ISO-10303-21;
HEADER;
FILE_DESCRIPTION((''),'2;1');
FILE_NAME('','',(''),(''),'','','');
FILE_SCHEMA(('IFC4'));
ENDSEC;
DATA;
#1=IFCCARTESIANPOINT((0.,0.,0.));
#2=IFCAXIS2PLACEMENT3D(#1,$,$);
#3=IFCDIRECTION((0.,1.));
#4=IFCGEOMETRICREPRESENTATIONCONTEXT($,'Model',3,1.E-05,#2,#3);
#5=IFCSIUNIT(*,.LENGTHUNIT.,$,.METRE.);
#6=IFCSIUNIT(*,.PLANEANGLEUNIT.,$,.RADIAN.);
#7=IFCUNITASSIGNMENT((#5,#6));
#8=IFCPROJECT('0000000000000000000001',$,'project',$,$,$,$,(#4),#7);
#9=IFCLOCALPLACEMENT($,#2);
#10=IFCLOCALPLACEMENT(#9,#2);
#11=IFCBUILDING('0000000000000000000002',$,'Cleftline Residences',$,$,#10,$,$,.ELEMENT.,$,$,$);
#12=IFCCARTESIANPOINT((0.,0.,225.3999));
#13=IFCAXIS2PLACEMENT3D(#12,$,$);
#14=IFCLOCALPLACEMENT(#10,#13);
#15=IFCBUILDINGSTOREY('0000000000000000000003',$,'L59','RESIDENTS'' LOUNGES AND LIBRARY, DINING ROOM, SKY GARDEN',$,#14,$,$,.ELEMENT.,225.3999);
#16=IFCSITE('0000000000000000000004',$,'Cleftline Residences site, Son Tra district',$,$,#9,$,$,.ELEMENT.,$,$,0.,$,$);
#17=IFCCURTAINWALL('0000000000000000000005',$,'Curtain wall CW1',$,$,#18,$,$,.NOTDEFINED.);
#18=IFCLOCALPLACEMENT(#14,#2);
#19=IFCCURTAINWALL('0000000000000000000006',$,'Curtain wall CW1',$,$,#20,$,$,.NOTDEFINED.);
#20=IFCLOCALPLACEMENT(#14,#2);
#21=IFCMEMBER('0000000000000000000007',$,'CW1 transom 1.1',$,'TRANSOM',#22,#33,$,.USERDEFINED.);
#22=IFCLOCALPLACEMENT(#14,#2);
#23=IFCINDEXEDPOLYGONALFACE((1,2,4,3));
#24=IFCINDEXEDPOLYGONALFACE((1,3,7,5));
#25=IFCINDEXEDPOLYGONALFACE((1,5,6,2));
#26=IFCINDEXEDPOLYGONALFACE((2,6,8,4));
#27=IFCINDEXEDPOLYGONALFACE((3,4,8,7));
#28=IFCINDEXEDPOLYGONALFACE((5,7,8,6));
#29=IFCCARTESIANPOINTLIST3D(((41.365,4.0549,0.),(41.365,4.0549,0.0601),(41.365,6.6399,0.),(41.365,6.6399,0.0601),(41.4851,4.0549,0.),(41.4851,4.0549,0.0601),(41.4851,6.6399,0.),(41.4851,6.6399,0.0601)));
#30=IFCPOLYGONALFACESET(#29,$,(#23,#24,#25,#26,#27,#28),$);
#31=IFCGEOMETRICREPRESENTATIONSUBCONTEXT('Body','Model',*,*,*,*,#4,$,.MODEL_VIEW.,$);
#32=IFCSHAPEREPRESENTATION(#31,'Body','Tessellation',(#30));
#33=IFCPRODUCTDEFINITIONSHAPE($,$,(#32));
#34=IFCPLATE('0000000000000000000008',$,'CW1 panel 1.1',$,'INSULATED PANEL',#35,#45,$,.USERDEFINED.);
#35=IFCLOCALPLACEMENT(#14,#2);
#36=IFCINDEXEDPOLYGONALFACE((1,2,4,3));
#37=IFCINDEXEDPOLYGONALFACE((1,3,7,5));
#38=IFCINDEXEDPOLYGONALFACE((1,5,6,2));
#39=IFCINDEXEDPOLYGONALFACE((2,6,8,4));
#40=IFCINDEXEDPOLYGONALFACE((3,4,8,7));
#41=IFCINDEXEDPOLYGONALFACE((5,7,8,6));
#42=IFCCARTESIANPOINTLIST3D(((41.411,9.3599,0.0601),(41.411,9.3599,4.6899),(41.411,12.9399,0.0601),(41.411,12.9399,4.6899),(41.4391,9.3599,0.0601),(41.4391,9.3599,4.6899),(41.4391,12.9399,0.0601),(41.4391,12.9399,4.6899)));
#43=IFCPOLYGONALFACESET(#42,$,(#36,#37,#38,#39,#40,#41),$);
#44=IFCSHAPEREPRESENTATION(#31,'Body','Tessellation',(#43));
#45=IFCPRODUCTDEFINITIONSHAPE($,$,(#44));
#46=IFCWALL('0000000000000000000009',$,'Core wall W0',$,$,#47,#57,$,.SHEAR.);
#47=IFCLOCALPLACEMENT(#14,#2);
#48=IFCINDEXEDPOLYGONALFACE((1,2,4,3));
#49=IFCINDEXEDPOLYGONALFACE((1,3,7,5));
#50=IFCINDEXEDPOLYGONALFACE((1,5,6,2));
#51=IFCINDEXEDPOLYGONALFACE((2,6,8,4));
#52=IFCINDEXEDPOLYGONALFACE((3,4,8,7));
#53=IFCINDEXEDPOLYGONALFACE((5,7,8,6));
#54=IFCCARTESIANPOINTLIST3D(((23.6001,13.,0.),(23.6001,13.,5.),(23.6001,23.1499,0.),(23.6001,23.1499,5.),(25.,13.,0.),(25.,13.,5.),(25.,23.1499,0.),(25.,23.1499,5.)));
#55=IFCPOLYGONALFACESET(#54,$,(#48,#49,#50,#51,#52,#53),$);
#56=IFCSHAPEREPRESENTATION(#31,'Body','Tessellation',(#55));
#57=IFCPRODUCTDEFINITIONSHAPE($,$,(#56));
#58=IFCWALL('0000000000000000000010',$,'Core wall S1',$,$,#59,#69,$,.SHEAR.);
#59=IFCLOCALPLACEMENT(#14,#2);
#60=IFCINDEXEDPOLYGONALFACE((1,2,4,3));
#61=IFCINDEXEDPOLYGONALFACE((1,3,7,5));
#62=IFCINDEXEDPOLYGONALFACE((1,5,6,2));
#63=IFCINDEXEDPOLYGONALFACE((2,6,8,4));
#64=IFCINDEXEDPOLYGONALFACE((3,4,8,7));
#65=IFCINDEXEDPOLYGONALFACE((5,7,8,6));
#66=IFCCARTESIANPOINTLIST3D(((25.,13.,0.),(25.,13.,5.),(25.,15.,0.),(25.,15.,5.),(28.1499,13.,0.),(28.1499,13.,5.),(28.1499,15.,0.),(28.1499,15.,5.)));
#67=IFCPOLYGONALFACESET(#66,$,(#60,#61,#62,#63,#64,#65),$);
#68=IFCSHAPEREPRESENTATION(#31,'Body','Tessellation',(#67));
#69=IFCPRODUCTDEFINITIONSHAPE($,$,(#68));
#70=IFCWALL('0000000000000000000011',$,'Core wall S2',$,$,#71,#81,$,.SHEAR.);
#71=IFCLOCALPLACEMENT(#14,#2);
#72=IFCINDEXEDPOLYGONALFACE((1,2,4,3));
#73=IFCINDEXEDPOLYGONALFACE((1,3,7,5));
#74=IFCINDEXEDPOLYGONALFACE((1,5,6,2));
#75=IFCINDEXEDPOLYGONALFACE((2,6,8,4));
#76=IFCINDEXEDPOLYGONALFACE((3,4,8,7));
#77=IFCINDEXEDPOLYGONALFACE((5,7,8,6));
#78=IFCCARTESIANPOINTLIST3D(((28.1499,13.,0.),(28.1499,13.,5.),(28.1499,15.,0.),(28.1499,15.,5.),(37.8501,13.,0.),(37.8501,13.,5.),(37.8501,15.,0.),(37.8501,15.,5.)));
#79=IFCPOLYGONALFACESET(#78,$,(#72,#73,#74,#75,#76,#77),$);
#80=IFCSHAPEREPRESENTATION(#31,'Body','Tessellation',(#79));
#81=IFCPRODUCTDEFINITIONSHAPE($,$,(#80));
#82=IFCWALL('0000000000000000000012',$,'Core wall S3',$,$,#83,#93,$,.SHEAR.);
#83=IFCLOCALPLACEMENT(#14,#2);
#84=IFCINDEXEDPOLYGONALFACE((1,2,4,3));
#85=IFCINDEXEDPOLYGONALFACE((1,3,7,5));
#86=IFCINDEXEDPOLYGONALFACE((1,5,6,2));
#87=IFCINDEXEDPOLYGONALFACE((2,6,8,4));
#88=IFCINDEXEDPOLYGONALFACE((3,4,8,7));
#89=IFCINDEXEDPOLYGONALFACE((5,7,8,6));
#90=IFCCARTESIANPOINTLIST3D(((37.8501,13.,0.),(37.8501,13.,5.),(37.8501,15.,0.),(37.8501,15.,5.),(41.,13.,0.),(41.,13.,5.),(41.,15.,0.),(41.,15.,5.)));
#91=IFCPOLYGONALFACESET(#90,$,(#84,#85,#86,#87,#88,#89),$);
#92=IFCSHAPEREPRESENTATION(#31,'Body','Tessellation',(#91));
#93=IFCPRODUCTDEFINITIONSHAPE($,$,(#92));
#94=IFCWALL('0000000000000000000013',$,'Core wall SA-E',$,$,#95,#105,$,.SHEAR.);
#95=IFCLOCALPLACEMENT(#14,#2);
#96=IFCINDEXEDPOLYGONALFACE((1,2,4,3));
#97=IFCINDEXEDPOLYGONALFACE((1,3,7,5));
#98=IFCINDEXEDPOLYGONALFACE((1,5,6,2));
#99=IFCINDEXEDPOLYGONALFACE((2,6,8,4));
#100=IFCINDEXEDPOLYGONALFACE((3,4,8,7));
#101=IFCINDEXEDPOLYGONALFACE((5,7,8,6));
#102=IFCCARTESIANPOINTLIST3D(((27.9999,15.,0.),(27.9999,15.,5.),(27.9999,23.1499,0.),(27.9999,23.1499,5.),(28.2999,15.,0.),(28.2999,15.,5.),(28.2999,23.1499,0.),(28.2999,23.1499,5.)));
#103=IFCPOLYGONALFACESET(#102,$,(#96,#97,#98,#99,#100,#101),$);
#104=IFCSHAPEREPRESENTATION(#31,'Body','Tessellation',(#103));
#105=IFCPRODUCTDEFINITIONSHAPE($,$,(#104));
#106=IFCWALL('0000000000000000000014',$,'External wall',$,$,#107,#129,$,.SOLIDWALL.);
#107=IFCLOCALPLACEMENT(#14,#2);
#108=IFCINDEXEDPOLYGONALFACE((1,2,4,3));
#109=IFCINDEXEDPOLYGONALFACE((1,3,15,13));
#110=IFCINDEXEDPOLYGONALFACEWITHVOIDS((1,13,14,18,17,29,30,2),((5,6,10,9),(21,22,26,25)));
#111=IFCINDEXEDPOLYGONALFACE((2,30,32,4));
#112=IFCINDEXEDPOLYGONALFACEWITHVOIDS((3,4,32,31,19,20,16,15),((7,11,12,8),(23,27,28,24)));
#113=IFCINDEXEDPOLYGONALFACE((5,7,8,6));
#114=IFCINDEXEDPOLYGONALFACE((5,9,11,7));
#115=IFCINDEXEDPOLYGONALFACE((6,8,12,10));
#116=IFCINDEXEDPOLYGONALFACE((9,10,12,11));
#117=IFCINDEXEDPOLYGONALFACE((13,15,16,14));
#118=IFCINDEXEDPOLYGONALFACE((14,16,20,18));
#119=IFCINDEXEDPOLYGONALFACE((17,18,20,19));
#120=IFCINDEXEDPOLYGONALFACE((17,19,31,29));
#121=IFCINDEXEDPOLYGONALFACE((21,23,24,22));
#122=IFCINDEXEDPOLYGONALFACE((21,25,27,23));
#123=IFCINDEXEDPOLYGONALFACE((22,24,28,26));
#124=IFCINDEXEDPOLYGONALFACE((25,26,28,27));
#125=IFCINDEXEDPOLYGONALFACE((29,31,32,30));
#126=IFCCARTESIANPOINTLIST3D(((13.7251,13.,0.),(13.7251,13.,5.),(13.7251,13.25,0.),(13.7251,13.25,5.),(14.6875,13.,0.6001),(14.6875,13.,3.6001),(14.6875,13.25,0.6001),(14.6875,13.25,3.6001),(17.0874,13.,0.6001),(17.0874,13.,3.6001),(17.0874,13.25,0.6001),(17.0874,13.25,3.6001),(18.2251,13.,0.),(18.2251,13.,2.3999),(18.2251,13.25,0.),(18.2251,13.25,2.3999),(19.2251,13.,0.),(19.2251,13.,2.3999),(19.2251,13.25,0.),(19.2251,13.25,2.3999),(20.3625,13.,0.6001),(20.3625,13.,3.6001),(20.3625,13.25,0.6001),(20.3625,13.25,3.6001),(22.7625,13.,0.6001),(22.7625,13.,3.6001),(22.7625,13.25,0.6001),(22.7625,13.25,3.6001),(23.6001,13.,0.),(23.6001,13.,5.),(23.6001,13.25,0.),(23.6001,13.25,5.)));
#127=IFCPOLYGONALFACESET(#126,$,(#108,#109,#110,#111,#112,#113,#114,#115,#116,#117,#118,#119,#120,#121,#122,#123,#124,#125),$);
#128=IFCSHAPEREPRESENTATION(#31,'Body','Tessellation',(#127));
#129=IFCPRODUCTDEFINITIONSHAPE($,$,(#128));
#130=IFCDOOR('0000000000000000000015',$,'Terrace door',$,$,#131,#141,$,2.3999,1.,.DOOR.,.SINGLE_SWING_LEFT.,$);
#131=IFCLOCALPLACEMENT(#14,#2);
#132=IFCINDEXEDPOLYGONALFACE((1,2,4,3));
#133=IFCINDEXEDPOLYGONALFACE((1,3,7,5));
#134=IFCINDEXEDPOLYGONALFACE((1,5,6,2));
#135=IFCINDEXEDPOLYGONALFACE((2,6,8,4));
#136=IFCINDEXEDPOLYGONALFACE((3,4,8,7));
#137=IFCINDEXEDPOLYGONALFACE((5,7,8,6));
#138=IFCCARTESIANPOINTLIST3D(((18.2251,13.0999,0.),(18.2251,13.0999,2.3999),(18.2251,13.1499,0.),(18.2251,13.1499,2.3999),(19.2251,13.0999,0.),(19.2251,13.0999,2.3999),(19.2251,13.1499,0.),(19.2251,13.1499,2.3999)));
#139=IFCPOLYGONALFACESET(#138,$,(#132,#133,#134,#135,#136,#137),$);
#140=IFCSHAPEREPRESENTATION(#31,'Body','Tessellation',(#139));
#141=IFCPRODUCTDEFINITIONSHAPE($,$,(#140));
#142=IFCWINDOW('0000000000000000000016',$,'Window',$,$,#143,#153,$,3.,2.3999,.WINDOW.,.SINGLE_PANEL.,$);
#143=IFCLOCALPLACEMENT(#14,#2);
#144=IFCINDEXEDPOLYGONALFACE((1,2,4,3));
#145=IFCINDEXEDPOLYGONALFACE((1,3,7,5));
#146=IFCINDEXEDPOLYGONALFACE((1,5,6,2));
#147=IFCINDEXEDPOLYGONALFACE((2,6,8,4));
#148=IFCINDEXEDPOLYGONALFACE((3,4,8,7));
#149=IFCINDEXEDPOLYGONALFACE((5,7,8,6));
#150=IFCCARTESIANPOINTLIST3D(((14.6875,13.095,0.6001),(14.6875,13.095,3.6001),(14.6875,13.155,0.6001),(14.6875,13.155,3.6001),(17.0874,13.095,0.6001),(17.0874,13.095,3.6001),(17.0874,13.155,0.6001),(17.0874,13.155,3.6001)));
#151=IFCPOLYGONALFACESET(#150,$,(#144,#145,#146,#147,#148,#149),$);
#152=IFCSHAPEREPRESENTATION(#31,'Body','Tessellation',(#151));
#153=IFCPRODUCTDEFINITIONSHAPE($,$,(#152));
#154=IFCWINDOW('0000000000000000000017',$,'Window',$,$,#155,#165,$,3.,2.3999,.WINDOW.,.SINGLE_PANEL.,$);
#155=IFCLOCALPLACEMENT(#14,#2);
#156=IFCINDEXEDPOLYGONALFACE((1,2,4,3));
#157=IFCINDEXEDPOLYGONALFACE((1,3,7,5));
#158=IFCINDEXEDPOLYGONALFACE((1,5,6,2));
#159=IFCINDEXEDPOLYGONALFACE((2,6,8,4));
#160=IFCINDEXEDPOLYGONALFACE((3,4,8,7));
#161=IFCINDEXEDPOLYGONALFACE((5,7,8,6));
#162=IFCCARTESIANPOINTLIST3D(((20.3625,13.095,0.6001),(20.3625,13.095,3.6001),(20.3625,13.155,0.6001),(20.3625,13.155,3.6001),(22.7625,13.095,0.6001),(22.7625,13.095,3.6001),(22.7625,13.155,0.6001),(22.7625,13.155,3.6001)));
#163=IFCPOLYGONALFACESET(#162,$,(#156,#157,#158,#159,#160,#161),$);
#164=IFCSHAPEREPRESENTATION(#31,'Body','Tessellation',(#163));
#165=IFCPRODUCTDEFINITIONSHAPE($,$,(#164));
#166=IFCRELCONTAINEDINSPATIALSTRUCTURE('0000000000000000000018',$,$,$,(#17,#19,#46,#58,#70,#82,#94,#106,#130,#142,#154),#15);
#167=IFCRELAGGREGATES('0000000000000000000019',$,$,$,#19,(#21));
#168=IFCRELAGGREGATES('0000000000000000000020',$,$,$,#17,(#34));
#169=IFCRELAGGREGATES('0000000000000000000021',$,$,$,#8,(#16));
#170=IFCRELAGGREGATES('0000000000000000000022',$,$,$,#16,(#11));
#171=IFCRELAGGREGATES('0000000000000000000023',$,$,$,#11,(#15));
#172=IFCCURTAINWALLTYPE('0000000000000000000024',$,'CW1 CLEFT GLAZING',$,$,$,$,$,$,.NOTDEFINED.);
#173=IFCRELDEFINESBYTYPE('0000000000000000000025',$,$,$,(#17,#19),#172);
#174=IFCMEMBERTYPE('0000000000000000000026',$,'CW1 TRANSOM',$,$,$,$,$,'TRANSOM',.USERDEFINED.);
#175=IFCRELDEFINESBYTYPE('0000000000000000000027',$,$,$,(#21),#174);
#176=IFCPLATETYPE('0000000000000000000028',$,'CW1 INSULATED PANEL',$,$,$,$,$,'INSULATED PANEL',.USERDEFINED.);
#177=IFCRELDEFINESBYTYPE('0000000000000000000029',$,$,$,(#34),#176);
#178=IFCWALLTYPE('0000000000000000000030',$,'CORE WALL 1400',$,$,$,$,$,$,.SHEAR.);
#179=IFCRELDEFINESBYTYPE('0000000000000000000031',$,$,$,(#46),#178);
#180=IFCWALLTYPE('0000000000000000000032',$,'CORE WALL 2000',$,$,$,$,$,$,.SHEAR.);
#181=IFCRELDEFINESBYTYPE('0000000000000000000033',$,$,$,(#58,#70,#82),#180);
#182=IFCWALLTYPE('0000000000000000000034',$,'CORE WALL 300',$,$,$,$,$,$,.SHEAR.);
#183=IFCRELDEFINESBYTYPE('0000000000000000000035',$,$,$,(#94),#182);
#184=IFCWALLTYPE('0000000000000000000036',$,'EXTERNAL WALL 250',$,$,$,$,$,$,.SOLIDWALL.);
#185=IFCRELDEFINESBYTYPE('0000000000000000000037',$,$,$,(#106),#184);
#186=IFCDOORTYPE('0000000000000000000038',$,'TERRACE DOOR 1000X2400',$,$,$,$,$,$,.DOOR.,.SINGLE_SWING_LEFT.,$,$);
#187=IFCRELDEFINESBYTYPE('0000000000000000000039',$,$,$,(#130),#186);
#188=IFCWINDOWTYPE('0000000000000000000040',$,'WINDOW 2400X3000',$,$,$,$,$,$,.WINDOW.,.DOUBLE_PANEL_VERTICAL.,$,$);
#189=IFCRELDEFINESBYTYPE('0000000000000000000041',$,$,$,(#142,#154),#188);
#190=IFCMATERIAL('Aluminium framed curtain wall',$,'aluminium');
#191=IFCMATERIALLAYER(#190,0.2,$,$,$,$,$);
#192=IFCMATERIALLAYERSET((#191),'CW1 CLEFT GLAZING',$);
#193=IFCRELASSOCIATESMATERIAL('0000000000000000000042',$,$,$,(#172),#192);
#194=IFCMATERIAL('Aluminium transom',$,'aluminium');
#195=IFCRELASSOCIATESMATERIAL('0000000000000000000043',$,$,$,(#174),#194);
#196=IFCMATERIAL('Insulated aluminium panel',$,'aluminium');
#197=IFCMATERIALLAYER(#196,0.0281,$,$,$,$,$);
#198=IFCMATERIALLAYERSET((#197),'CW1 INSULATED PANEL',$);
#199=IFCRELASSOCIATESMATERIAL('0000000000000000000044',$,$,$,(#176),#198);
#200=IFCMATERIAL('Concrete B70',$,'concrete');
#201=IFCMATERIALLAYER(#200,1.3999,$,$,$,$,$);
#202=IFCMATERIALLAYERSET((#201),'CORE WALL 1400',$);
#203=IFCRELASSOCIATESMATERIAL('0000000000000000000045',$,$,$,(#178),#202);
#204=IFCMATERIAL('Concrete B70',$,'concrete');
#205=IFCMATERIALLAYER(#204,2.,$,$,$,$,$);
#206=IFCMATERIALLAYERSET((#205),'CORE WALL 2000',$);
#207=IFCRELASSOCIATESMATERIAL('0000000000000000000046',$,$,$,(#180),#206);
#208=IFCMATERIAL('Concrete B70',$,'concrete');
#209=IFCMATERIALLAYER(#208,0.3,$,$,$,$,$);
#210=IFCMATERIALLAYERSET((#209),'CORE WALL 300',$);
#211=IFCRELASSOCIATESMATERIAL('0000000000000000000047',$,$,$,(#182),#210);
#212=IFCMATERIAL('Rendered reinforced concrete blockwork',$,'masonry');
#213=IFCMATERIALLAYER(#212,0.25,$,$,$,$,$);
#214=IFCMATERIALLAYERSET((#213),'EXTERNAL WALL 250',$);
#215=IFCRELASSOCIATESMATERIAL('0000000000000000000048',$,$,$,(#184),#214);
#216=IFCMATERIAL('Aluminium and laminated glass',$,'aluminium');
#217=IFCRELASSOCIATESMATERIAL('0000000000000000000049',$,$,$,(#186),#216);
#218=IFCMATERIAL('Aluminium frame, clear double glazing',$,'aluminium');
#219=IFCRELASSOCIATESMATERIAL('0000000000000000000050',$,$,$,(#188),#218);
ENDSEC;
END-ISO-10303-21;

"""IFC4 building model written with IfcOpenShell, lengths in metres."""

from ifc_helpers import new_model, si_unit, direction, frame, frame_2d, origin, origin_2d, place, context, subcontext, project, spatial, rectangle, extrude, material, layer, layer_set, material_profile, profile_set, type_object, element, fill, aggregate, save


model = new_model("IFC4")

# Units and contexts
model_context = context("Model", 3, precision=1e-05, world=origin(), true_north=direction((0.0, 1.0)))
body_context = subcontext(model_context, "Body", "Model", "MODEL_VIEW")
ifc_project = project(units=[si_unit("LENGTHUNIT", "METRE"), si_unit("PLANEANGLEUNIT", "RADIAN")], contexts=[model_context])

# Site, building, storey
site_placement = place(None, origin())
site = spatial("IfcSite", under=ifc_project, at=site_placement, Name="Cleftline Residences site, Son Tra district", CompositionType="ELEMENT", RefElevation=0.0)
building_placement = place(site_placement, origin())
building = spatial("IfcBuilding", under=site, at=building_placement, Name="Cleftline Residences", CompositionType="ELEMENT")
storey_placement = place(building_placement, frame((0.0, 0.0, 225.3999)))
storey = spatial("IfcBuildingStorey", under=building, at=storey_placement, Name="L59", Description="RESIDENTS' LOUNGES AND LIBRARY, DINING ROOM, SKY GARDEN", CompositionType="ELEMENT", Elevation=225.3999)

# Curtain walls
ifc_material_1 = material(Name="Aluminium framed curtain wall", Category="aluminium")
ifc_layer_1 = layer(ifc_material_1, 0.2)
ifc_layer_set_1 = layer_set([ifc_layer_1], Name="CW1 CLEFT GLAZING")
curtain_wall_type = type_object("IfcCurtainWallType", Name="CW1 CLEFT GLAZING", PredefinedType="NOTDEFINED", material=ifc_layer_set_1)
curtain_wall_1_placement = place(storey_placement, origin())
curtain_wall_1 = element("IfcCurtainWall", 1, at=curtain_wall_1_placement, inside=storey, type_object=curtain_wall_type, Name="Curtain wall CW1", PredefinedType="NOTDEFINED")
curtain_wall_2_placement = place(storey_placement, origin())
curtain_wall_2 = element("IfcCurtainWall", 2, at=curtain_wall_2_placement, inside=storey, type_object=curtain_wall_type, Name="Curtain wall CW1", PredefinedType="NOTDEFINED")

# Member
ifc_material_2 = material(Name="Aluminium transom", Category="aluminium")
ifc_material_profile_1 = material_profile(ifc_material_2, rectangle(XDim=0.1201, YDim=0.0601, at=origin_2d()))
ifc_profile_set_1 = profile_set([ifc_material_profile_1], Name="Aluminium transom")
member_type_1 = type_object("IfcMemberType", Name="CW1 TRANSOM", ElementType="TRANSOM", PredefinedType="USERDEFINED", material=ifc_profile_set_1)
member_1_placement = place(storey_placement, frame((41.425, 6.6399, 0.03), z_axis=(0.0, -1.0, 0.0), x_axis=(1.0, 0.0, 0.0)))
member_1 = element("IfcMember", 3, at=member_1_placement, type_object=member_type_1, Name="CW1 transom 1.1", ObjectType="TRANSOM", PredefinedType="USERDEFINED", context=body_context, shape_type="SweptSolid", body=[
    extrude(rectangle(XDim=0.1201, YDim=0.0601, at=origin_2d()), origin(), (0.0, 0.0, 1.0), 2.585),
])
aggregate(curtain_wall_2, [member_1])

# Plate
ifc_material_3 = material(Name="Insulated aluminium panel", Category="aluminium")
ifc_layer_2 = layer(ifc_material_3, 0.0281)
ifc_layer_set_2 = layer_set([ifc_layer_2], Name="CW1 INSULATED PANEL")
plate_type = type_object("IfcPlateType", Name="CW1 INSULATED PANEL", ElementType="INSULATED PANEL", PredefinedType="USERDEFINED", material=ifc_layer_set_2)
plate_placement = place(storey_placement, frame((41.425, 11.1499, 0.0601), z_axis=(0.0, 0.0, 1.0), x_axis=(0.0, -1.0, 0.0)))
plate = element("IfcPlate", 4, at=plate_placement, type_object=plate_type, Name="CW1 panel 1.1", ObjectType="INSULATED PANEL", PredefinedType="USERDEFINED", context=body_context, shape_type="SweptSolid", body=[
    extrude(rectangle(XDim=3.5801, YDim=0.0281, at=origin_2d()), origin(), (0.0, 0.0, 1.0), 4.6299),
])
aggregate(curtain_wall_1, [plate])

# Walls
ifc_material_4 = material(Name="Concrete B70", Category="concrete")
ifc_layer_3 = layer(ifc_material_4, 1.3999)
ifc_layer_set_3 = layer_set([ifc_layer_3], Name="CORE WALL 1400")
wall_type_1 = type_object("IfcWallType", Name="CORE WALL 1400", PredefinedType="SHEAR", material=ifc_layer_set_3)
wall_1_placement = place(storey_placement, frame((24.3, 13.0, 0.0), z_axis=(0.0, 0.0, 1.0), x_axis=(0.0, 1.0, 0.0)))
element("IfcWall", 5, at=wall_1_placement, inside=storey, type_object=wall_type_1, Name="Core wall W0", PredefinedType="SHEAR", context=body_context, shape_type="SweptSolid", body=[
    extrude(rectangle(XDim=10.1499, YDim=1.3999, at=frame_2d((5.075, 0.0))), origin(), (0.0, 0.0, 1.0), 5.0),
])
ifc_material_5 = material(Name="Concrete B70", Category="concrete")
ifc_layer_4 = layer(ifc_material_5, 2.0)
ifc_layer_set_4 = layer_set([ifc_layer_4], Name="CORE WALL 2000")
wall_type_2 = type_object("IfcWallType", Name="CORE WALL 2000", PredefinedType="SHEAR", material=ifc_layer_set_4)
wall_2_placement = place(storey_placement, frame((25.0, 14.0, 0.0), z_axis=(0.0, 0.0, 1.0), x_axis=(1.0, 0.0, 0.0)))
element("IfcWall", 6, at=wall_2_placement, inside=storey, type_object=wall_type_2, Name="Core wall S1", PredefinedType="SHEAR", context=body_context, shape_type="SweptSolid", body=[
    extrude(rectangle(XDim=3.1499, YDim=2.0, at=frame_2d((1.575, 0.0))), origin(), (0.0, 0.0, 1.0), 5.0),
])
wall_3_placement = place(storey_placement, frame((28.1499, 14.0, 0.0), z_axis=(0.0, 0.0, 1.0), x_axis=(1.0, 0.0, 0.0)))
element("IfcWall", 7, at=wall_3_placement, inside=storey, type_object=wall_type_2, Name="Core wall S2", PredefinedType="SHEAR", context=body_context, shape_type="SweptSolid", body=[
    extrude(rectangle(XDim=9.7002, YDim=2.0, at=frame_2d((4.8501, 0.0))), origin(), (0.0, 0.0, 1.0), 5.0),
])
wall_4_placement = place(storey_placement, frame((37.8501, 14.0, 0.0), z_axis=(0.0, 0.0, 1.0), x_axis=(1.0, 0.0, 0.0)))
element("IfcWall", 8, at=wall_4_placement, inside=storey, type_object=wall_type_2, Name="Core wall S3", PredefinedType="SHEAR", context=body_context, shape_type="SweptSolid", body=[
    extrude(rectangle(XDim=3.1499, YDim=2.0, at=frame_2d((1.575, 0.0))), origin(), (0.0, 0.0, 1.0), 5.0),
])
ifc_material_6 = material(Name="Concrete B70", Category="concrete")
ifc_layer_5 = layer(ifc_material_6, 0.3)
ifc_layer_set_5 = layer_set([ifc_layer_5], Name="CORE WALL 300")
wall_type_3 = type_object("IfcWallType", Name="CORE WALL 300", PredefinedType="SHEAR", material=ifc_layer_set_5)
wall_5_placement = place(storey_placement, frame((28.1499, 15.0, 0.0), z_axis=(0.0, 0.0, 1.0), x_axis=(0.0, 1.0, 0.0)))
element("IfcWall", 9, at=wall_5_placement, inside=storey, type_object=wall_type_3, Name="Core wall SA-E", PredefinedType="SHEAR", context=body_context, shape_type="SweptSolid", body=[
    extrude(rectangle(XDim=8.1499, YDim=0.3, at=frame_2d((4.075, 0.0))), origin(), (0.0, 0.0, 1.0), 5.0),
])

# Wall, openings, door, windows
ifc_material_7 = material(Name="Rendered reinforced concrete blockwork", Category="masonry")
ifc_layer_6 = layer(ifc_material_7, 0.25)
ifc_layer_set_6 = layer_set([ifc_layer_6], Name="EXTERNAL WALL 250")
wall_type_4 = type_object("IfcWallType", Name="EXTERNAL WALL 250", PredefinedType="SOLIDWALL", material=ifc_layer_set_6)
wall_6_placement = place(storey_placement, frame((13.7251, 13.125, 0.0), z_axis=(0.0, 0.0, 1.0), x_axis=(1.0, 0.0, 0.0)))
wall_6 = element("IfcWall", 10, at=wall_6_placement, inside=storey, type_object=wall_type_4, Name="External wall", PredefinedType="SOLIDWALL", context=body_context, shape_type="SweptSolid", body=[
    extrude(rectangle(XDim=9.875, YDim=0.25, at=frame_2d((4.9375, 0.0))), origin(), (0.0, 0.0, 1.0), 5.0),
])
opening_1_placement = place(wall_6_placement, frame((4.5, 0.0, 0.0)))
opening_1 = element("IfcOpeningElement", 11, at=opening_1_placement, cuts=wall_6, PredefinedType="OPENING", context=body_context, shape_type="SweptSolid", body=[
    extrude(rectangle(XDim=1.0, YDim=2.3999, at=frame_2d((0.5, 1.2))), frame((0.0, 0.135, 0.0), z_axis=(0.0, -1.0, 0.0), x_axis=(1.0, 0.0, 0.0)), (0.0, 0.0, 1.0), 0.27),
])
opening_2_placement = place(wall_6_placement, frame((0.9624, 0.0, 0.6001)))
opening_2 = element("IfcOpeningElement", 12, at=opening_2_placement, cuts=wall_6, PredefinedType="OPENING", context=body_context, shape_type="SweptSolid", body=[
    extrude(rectangle(XDim=2.3999, YDim=3.0, at=frame_2d((1.2, 1.5))), frame((0.0, 0.135, 0.0), z_axis=(0.0, -1.0, 0.0), x_axis=(1.0, 0.0, 0.0)), (0.0, 0.0, 1.0), 0.27),
])
opening_3_placement = place(wall_6_placement, frame((6.6375, 0.0, 0.6001)))
opening_3 = element("IfcOpeningElement", 13, at=opening_3_placement, cuts=wall_6, PredefinedType="OPENING", context=body_context, shape_type="SweptSolid", body=[
    extrude(rectangle(XDim=2.3999, YDim=3.0, at=frame_2d((1.2, 1.5))), frame((0.0, 0.135, 0.0), z_axis=(0.0, -1.0, 0.0), x_axis=(1.0, 0.0, 0.0)), (0.0, 0.0, 1.0), 0.27),
])
ifc_material_8 = material(Name="Aluminium and laminated glass", Category="aluminium")
door_type = type_object("IfcDoorType", Name="TERRACE DOOR 1000X2400", OperationType="SINGLE_SWING_LEFT", PredefinedType="DOOR", material=ifc_material_8)
door_placement = place(opening_1_placement, origin())
door = element("IfcDoor", 14, at=door_placement, inside=storey, type_object=door_type, Name="Terrace door", OperationType="SINGLE_SWING_LEFT", OverallHeight=2.3999, OverallWidth=1.0, PredefinedType="DOOR", context=body_context, shape_type="SweptSolid", body=[
    extrude(rectangle(XDim=1.0, YDim=2.3999, at=frame_2d((0.5, 1.2))), frame((0.0, 0.0249, 0.0), z_axis=(0.0, -1.0, 0.0), x_axis=(1.0, 0.0, 0.0)), (0.0, 0.0, 1.0), 0.05),
])
fill(opening_1, door)
ifc_material_9 = material(Name="Aluminium frame, clear double glazing", Category="aluminium")
window_type = type_object("IfcWindowType", Name="WINDOW 2400X3000", PartitioningType="DOUBLE_PANEL_VERTICAL", PredefinedType="WINDOW", material=ifc_material_9)
window_1_placement = place(opening_2_placement, origin())
window_1 = element("IfcWindow", 15, at=window_1_placement, inside=storey, type_object=window_type, Name="Window", OverallHeight=3.0, OverallWidth=2.3999, PartitioningType="SINGLE_PANEL", PredefinedType="WINDOW", context=body_context, shape_type="SweptSolid", body=[
    extrude(rectangle(XDim=2.3999, YDim=3.0, at=frame_2d((1.2, 1.5))), frame((0.0, 0.03, 0.0), z_axis=(0.0, -1.0, 0.0), x_axis=(1.0, 0.0, 0.0)), (0.0, 0.0, 1.0), 0.0601),
])
fill(opening_2, window_1)
window_2_placement = place(opening_3_placement, origin())
window_2 = element("IfcWindow", 16, at=window_2_placement, inside=storey, type_object=window_type, Name="Window", OverallHeight=3.0, OverallWidth=2.3999, PartitioningType="SINGLE_PANEL", PredefinedType="WINDOW", context=body_context, shape_type="SweptSolid", body=[
    extrude(rectangle(XDim=2.3999, YDim=3.0, at=frame_2d((1.2, 1.5))), frame((0.0, 0.03, 0.0), z_axis=(0.0, -1.0, 0.0), x_axis=(1.0, 0.0, 0.0)), (0.0, 0.0, 1.0), 0.0601),
])
fill(opening_3, window_2)

save(model, "model.ifc")
